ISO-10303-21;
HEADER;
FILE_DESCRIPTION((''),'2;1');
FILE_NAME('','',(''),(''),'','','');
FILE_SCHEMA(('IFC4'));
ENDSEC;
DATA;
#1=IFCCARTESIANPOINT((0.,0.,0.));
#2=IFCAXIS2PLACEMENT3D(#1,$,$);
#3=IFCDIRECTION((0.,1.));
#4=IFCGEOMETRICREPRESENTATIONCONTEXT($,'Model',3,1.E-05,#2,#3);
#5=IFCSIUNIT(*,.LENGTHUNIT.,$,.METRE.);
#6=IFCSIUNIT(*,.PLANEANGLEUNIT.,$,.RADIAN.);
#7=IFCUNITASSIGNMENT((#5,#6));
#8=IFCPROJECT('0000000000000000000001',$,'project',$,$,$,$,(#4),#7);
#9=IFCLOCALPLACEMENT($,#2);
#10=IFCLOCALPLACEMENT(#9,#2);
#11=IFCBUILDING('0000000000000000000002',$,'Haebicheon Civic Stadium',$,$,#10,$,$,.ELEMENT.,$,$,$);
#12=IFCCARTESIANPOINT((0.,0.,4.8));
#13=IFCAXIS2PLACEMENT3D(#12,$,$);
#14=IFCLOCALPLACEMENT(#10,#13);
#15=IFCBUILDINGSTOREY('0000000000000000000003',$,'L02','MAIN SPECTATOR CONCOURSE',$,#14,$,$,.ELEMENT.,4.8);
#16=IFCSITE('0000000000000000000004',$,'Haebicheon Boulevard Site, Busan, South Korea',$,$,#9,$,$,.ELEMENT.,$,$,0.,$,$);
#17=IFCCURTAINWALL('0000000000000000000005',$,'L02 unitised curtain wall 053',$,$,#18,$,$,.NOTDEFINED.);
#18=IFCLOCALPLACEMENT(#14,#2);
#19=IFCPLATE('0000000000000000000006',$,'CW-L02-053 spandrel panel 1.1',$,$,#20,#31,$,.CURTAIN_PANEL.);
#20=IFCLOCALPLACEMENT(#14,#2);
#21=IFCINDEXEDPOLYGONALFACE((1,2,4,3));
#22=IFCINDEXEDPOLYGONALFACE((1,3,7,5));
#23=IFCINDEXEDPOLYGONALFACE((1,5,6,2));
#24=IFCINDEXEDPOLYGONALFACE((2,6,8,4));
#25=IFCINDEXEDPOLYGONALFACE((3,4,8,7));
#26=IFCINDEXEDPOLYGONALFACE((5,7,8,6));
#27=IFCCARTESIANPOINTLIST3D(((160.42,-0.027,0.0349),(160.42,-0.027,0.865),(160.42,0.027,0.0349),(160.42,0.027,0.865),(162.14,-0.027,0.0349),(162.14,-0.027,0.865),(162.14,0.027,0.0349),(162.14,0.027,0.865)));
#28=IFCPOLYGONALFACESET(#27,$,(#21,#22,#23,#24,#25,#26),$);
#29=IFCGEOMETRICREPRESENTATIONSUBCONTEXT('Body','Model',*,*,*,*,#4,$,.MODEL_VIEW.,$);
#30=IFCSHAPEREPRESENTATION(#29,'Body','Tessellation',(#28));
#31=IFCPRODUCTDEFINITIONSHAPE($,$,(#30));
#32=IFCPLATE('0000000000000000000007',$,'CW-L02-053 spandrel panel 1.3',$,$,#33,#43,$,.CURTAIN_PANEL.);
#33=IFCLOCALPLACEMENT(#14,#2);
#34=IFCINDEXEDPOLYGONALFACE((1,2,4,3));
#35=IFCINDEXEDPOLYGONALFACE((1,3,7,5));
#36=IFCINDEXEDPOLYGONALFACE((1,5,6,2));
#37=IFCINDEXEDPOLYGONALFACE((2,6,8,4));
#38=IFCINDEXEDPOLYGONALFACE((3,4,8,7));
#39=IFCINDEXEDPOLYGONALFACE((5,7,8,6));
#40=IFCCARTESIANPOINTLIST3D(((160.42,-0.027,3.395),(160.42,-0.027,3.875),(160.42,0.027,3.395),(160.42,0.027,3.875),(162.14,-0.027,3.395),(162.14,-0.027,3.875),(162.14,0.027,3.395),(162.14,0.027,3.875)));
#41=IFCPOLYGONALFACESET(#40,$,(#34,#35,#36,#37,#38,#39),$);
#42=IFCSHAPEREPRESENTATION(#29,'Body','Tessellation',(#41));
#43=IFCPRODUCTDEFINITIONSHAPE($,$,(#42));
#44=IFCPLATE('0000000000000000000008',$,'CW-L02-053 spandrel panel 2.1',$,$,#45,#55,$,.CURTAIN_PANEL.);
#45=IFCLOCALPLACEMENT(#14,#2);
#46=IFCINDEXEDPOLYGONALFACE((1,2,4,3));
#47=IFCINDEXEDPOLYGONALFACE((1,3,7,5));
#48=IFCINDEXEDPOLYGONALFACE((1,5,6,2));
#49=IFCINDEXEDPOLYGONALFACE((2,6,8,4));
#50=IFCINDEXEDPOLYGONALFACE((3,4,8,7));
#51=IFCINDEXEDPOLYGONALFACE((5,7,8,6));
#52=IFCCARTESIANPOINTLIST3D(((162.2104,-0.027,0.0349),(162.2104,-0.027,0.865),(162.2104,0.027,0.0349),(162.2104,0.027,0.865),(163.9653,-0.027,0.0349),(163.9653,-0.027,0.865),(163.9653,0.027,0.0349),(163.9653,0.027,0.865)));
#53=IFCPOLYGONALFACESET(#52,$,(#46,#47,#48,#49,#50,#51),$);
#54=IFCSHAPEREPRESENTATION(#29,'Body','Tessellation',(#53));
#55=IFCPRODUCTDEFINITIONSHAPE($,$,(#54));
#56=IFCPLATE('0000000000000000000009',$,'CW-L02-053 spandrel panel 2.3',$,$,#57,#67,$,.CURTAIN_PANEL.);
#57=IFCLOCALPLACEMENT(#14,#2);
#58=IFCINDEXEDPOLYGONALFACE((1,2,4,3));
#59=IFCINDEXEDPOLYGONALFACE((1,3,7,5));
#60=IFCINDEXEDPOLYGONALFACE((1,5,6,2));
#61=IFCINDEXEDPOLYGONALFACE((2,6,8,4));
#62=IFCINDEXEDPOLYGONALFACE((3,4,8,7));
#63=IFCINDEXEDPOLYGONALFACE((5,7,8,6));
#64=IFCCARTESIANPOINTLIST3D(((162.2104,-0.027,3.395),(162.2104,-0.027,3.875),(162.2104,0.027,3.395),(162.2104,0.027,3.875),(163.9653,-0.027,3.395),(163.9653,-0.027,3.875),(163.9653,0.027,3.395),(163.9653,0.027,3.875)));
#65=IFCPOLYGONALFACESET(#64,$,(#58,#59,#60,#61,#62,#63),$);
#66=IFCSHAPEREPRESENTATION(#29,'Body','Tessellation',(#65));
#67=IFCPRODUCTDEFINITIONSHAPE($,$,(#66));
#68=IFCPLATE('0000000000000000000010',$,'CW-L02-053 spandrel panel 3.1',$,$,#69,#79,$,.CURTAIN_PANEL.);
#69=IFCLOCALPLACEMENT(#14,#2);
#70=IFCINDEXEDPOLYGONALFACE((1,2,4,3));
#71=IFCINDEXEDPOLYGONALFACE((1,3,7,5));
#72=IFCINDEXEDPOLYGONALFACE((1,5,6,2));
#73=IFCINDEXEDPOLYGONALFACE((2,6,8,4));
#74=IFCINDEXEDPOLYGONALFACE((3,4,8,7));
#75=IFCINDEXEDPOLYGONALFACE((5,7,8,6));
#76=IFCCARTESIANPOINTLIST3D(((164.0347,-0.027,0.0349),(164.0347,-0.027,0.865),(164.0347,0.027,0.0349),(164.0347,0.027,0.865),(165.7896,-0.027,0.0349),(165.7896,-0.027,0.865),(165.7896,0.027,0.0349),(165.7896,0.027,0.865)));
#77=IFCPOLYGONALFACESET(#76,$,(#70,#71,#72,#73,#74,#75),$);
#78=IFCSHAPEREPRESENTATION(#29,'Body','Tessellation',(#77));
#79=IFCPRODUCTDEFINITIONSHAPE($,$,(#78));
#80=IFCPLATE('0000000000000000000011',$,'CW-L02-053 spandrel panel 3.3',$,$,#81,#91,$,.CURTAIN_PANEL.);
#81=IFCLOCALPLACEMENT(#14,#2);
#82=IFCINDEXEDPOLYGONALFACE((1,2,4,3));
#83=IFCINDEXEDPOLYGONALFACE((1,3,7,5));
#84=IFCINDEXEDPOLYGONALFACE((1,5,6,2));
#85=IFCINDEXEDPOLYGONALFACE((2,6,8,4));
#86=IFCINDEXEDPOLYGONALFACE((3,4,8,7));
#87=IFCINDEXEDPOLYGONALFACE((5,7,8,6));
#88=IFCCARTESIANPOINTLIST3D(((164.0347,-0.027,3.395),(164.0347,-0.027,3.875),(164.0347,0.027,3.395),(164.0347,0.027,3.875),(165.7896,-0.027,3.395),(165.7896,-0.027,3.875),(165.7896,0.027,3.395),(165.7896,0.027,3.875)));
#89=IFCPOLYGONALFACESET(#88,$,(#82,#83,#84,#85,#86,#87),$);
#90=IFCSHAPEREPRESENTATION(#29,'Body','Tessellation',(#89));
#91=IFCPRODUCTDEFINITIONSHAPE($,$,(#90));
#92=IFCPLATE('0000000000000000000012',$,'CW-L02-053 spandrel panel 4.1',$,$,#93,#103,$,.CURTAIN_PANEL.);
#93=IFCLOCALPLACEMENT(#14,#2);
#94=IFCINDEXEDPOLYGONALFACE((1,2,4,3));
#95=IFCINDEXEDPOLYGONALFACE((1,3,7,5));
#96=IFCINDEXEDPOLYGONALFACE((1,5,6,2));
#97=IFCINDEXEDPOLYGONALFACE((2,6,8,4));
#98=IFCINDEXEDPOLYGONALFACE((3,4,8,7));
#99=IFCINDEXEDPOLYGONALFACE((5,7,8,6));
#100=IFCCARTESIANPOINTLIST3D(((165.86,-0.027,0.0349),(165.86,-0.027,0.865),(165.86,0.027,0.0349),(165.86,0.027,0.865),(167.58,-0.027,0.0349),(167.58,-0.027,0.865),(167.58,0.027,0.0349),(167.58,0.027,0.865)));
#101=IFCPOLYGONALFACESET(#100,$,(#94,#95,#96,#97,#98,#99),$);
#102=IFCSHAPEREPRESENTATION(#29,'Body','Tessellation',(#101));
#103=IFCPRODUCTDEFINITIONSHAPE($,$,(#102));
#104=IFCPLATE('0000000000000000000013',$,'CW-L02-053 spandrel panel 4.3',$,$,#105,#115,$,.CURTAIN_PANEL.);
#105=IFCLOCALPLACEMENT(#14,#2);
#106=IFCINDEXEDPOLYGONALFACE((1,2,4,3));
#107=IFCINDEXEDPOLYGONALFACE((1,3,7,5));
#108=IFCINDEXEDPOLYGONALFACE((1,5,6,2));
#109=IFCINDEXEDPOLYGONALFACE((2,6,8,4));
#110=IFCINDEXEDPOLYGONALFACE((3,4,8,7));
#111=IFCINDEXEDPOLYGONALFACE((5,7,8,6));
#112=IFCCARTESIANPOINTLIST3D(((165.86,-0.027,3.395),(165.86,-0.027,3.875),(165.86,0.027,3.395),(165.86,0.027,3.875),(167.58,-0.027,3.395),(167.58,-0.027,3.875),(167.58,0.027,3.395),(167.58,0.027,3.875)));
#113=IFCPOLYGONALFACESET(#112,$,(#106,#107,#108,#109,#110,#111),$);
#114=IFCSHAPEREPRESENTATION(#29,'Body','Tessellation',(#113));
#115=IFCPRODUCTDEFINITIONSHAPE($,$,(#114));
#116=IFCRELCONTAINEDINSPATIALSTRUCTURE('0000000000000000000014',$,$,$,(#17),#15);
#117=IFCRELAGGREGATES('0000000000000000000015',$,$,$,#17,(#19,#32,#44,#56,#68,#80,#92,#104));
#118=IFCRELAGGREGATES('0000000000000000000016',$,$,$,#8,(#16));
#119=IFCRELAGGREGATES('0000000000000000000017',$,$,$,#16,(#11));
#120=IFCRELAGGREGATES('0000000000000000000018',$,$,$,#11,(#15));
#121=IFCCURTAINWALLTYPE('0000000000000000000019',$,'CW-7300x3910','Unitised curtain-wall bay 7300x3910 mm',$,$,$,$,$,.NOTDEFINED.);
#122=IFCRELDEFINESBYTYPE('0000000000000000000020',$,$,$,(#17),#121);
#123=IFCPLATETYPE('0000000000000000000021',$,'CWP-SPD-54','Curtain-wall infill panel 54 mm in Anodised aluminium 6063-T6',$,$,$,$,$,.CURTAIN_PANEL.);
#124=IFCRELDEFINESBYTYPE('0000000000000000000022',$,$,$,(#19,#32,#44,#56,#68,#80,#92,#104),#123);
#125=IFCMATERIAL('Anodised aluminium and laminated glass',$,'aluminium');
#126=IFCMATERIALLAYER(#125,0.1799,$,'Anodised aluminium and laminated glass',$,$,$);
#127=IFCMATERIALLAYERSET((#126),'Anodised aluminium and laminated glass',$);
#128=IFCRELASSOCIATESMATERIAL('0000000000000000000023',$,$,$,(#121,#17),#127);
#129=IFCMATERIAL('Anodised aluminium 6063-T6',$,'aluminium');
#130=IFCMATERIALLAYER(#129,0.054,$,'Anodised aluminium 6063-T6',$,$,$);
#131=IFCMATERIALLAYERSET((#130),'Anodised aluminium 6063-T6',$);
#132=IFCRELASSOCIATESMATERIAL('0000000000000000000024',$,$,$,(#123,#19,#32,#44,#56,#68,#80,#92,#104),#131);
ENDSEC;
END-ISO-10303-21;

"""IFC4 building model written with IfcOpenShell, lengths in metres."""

from ifc_helpers import new_model, si_unit, direction, frame, origin, origin_2d, place, context, subcontext, project, spatial, rectangle, extrude, material, layer, layer_set, type_object, element, aggregate, save


model = new_model("IFC4")

# Units and contexts
model_context = context("Model", 3, precision=1e-05, world=origin(), true_north=direction((0.0, 1.0)))
body_context = subcontext(model_context, "Body", "Model", "MODEL_VIEW")
ifc_project = project(units=[si_unit("LENGTHUNIT", "METRE"), si_unit("PLANEANGLEUNIT", "RADIAN")], contexts=[model_context])

# Site, building, storey
site_placement = place(None, origin())
site = spatial("IfcSite", under=ifc_project, at=site_placement, Name="Haebicheon Boulevard Site, Busan, South Korea", CompositionType="ELEMENT", RefElevation=0.0)
building_placement = place(site_placement, origin())
building = spatial("IfcBuilding", under=site, at=building_placement, Name="Haebicheon Civic Stadium", CompositionType="ELEMENT")
storey_placement = place(building_placement, frame((0.0, 0.0, 4.8)))
storey = spatial("IfcBuildingStorey", under=building, at=storey_placement, Name="L02", Description="MAIN SPECTATOR CONCOURSE", CompositionType="ELEMENT", Elevation=4.8)

# Curtain wall, plates
ifc_material_1 = material(Name="Anodised aluminium and laminated glass", Category="aluminium")
ifc_layer_1 = layer(ifc_material_1, 0.1799, Name="Anodised aluminium and laminated glass")
ifc_layer_set_1 = layer_set([ifc_layer_1], Name="Anodised aluminium and laminated glass")
curtain_wall_type = type_object("IfcCurtainWallType", Name="CW-7300x3910", Description="Unitised curtain-wall bay 7300x3910 mm", PredefinedType="NOTDEFINED", material=ifc_layer_set_1)
curtain_wall_placement = place(storey_placement, origin())
curtain_wall = element("IfcCurtainWall", 1, at=curtain_wall_placement, inside=storey, type_object=curtain_wall_type, material=ifc_layer_set_1, Name="L02 unitised curtain wall 053", PredefinedType="NOTDEFINED")
ifc_material_2 = material(Name="Anodised aluminium 6063-T6", Category="aluminium")
ifc_layer_2 = layer(ifc_material_2, 0.054, Name="Anodised aluminium 6063-T6")
ifc_layer_set_2 = layer_set([ifc_layer_2], Name="Anodised aluminium 6063-T6")
plate_type_1 = type_object("IfcPlateType", Name="CWP-SPD-54", Description="Curtain-wall infill panel 54 mm in Anodised aluminium 6063-T6", PredefinedType="CURTAIN_PANEL", material=ifc_layer_set_2)
plate_1_placement = place(storey_placement, frame((161.28, 0.0, 0.0349), z_axis=(0.0, 0.0, 1.0), x_axis=(1.0, 0.0, 0.0)))
plate_1 = element("IfcPlate", 2, at=plate_1_placement, type_object=plate_type_1, material=ifc_layer_set_2, Name="CW-L02-053 spandrel panel 1.1", PredefinedType="CURTAIN_PANEL", context=body_context, shape_type="SweptSolid", body=[
    extrude(rectangle(XDim=1.72, YDim=0.054, at=origin_2d()), origin(), (0.0, 0.0, 1.0), 0.8301),
])
plate_2_placement = place(storey_placement, frame((161.28, 0.0, 3.395), z_axis=(0.0, 0.0, 1.0), x_axis=(1.0, 0.0, 0.0)))
plate_2 = element("IfcPlate", 3, at=plate_2_placement, type_object=plate_type_1, material=ifc_layer_set_2, Name="CW-L02-053 spandrel panel 1.3", PredefinedType="CURTAIN_PANEL", context=body_context, shape_type="SweptSolid", body=[
    extrude(rectangle(XDim=1.72, YDim=0.054, at=origin_2d()), origin(), (0.0, 0.0, 1.0), 0.48),
])
plate_3_placement = place(storey_placement, frame((163.0879, 0.0, 0.0349), z_axis=(0.0, 0.0, 1.0), x_axis=(1.0, 0.0, 0.0)))
plate_3 = element("IfcPlate", 4, at=plate_3_placement, type_object=plate_type_1, material=ifc_layer_set_2, Name="CW-L02-053 spandrel panel 2.1", PredefinedType="CURTAIN_PANEL", context=body_context, shape_type="SweptSolid", body=[
    extrude(rectangle(XDim=1.7549, YDim=0.054, at=origin_2d()), origin(), (0.0, 0.0, 1.0), 0.8301),
])
plate_4_placement = place(storey_placement, frame((163.0879, 0.0, 3.395), z_axis=(0.0, 0.0, 1.0), x_axis=(1.0, 0.0, 0.0)))
plate_4 = element("IfcPlate", 5, at=plate_4_placement, type_object=plate_type_1, material=ifc_layer_set_2, Name="CW-L02-053 spandrel panel 2.3", PredefinedType="CURTAIN_PANEL", context=body_context, shape_type="SweptSolid", body=[
    extrude(rectangle(XDim=1.7549, YDim=0.054, at=origin_2d()), origin(), (0.0, 0.0, 1.0), 0.48),
])
plate_5_placement = place(storey_placement, frame((164.9121, 0.0, 0.0349), z_axis=(0.0, 0.0, 1.0), x_axis=(1.0, 0.0, 0.0)))
plate_5 = element("IfcPlate", 6, at=plate_5_placement, type_object=plate_type_1, material=ifc_layer_set_2, Name="CW-L02-053 spandrel panel 3.1", PredefinedType="CURTAIN_PANEL", context=body_context, shape_type="SweptSolid", body=[
    extrude(rectangle(XDim=1.7549, YDim=0.054, at=origin_2d()), origin(), (0.0, 0.0, 1.0), 0.8301),
])
plate_6_placement = place(storey_placement, frame((164.9121, 0.0, 3.395), z_axis=(0.0, 0.0, 1.0), x_axis=(1.0, 0.0, 0.0)))
plate_6 = element("IfcPlate", 7, at=plate_6_placement, type_object=plate_type_1, material=ifc_layer_set_2, Name="CW-L02-053 spandrel panel 3.3", PredefinedType="CURTAIN_PANEL", context=body_context, shape_type="SweptSolid", body=[
    extrude(rectangle(XDim=1.7549, YDim=0.054, at=origin_2d()), origin(), (0.0, 0.0, 1.0), 0.48),
])
plate_7_placement = place(storey_placement, frame((166.72, 0.0, 0.0349), z_axis=(0.0, 0.0, 1.0), x_axis=(1.0, 0.0, 0.0)))
plate_7 = element("IfcPlate", 8, at=plate_7_placement, type_object=plate_type_1, material=ifc_layer_set_2, Name="CW-L02-053 spandrel panel 4.1", PredefinedType="CURTAIN_PANEL", context=body_context, shape_type="SweptSolid", body=[
    extrude(rectangle(XDim=1.72, YDim=0.054, at=origin_2d()), origin(), (0.0, 0.0, 1.0), 0.8301),
])
plate_8_placement = place(storey_placement, frame((166.72, 0.0, 3.395), z_axis=(0.0, 0.0, 1.0), x_axis=(1.0, 0.0, 0.0)))
plate_8 = element("IfcPlate", 9, at=plate_8_placement, type_object=plate_type_1, material=ifc_layer_set_2, Name="CW-L02-053 spandrel panel 4.3", PredefinedType="CURTAIN_PANEL", context=body_context, shape_type="SweptSolid", body=[
    extrude(rectangle(XDim=1.72, YDim=0.054, at=origin_2d()), origin(), (0.0, 0.0, 1.0), 0.48),
])
aggregate(curtain_wall, [plate_1, plate_2, plate_3, plate_4, plate_5, plate_6, plate_7, plate_8])

save(model, "model.ifc")
